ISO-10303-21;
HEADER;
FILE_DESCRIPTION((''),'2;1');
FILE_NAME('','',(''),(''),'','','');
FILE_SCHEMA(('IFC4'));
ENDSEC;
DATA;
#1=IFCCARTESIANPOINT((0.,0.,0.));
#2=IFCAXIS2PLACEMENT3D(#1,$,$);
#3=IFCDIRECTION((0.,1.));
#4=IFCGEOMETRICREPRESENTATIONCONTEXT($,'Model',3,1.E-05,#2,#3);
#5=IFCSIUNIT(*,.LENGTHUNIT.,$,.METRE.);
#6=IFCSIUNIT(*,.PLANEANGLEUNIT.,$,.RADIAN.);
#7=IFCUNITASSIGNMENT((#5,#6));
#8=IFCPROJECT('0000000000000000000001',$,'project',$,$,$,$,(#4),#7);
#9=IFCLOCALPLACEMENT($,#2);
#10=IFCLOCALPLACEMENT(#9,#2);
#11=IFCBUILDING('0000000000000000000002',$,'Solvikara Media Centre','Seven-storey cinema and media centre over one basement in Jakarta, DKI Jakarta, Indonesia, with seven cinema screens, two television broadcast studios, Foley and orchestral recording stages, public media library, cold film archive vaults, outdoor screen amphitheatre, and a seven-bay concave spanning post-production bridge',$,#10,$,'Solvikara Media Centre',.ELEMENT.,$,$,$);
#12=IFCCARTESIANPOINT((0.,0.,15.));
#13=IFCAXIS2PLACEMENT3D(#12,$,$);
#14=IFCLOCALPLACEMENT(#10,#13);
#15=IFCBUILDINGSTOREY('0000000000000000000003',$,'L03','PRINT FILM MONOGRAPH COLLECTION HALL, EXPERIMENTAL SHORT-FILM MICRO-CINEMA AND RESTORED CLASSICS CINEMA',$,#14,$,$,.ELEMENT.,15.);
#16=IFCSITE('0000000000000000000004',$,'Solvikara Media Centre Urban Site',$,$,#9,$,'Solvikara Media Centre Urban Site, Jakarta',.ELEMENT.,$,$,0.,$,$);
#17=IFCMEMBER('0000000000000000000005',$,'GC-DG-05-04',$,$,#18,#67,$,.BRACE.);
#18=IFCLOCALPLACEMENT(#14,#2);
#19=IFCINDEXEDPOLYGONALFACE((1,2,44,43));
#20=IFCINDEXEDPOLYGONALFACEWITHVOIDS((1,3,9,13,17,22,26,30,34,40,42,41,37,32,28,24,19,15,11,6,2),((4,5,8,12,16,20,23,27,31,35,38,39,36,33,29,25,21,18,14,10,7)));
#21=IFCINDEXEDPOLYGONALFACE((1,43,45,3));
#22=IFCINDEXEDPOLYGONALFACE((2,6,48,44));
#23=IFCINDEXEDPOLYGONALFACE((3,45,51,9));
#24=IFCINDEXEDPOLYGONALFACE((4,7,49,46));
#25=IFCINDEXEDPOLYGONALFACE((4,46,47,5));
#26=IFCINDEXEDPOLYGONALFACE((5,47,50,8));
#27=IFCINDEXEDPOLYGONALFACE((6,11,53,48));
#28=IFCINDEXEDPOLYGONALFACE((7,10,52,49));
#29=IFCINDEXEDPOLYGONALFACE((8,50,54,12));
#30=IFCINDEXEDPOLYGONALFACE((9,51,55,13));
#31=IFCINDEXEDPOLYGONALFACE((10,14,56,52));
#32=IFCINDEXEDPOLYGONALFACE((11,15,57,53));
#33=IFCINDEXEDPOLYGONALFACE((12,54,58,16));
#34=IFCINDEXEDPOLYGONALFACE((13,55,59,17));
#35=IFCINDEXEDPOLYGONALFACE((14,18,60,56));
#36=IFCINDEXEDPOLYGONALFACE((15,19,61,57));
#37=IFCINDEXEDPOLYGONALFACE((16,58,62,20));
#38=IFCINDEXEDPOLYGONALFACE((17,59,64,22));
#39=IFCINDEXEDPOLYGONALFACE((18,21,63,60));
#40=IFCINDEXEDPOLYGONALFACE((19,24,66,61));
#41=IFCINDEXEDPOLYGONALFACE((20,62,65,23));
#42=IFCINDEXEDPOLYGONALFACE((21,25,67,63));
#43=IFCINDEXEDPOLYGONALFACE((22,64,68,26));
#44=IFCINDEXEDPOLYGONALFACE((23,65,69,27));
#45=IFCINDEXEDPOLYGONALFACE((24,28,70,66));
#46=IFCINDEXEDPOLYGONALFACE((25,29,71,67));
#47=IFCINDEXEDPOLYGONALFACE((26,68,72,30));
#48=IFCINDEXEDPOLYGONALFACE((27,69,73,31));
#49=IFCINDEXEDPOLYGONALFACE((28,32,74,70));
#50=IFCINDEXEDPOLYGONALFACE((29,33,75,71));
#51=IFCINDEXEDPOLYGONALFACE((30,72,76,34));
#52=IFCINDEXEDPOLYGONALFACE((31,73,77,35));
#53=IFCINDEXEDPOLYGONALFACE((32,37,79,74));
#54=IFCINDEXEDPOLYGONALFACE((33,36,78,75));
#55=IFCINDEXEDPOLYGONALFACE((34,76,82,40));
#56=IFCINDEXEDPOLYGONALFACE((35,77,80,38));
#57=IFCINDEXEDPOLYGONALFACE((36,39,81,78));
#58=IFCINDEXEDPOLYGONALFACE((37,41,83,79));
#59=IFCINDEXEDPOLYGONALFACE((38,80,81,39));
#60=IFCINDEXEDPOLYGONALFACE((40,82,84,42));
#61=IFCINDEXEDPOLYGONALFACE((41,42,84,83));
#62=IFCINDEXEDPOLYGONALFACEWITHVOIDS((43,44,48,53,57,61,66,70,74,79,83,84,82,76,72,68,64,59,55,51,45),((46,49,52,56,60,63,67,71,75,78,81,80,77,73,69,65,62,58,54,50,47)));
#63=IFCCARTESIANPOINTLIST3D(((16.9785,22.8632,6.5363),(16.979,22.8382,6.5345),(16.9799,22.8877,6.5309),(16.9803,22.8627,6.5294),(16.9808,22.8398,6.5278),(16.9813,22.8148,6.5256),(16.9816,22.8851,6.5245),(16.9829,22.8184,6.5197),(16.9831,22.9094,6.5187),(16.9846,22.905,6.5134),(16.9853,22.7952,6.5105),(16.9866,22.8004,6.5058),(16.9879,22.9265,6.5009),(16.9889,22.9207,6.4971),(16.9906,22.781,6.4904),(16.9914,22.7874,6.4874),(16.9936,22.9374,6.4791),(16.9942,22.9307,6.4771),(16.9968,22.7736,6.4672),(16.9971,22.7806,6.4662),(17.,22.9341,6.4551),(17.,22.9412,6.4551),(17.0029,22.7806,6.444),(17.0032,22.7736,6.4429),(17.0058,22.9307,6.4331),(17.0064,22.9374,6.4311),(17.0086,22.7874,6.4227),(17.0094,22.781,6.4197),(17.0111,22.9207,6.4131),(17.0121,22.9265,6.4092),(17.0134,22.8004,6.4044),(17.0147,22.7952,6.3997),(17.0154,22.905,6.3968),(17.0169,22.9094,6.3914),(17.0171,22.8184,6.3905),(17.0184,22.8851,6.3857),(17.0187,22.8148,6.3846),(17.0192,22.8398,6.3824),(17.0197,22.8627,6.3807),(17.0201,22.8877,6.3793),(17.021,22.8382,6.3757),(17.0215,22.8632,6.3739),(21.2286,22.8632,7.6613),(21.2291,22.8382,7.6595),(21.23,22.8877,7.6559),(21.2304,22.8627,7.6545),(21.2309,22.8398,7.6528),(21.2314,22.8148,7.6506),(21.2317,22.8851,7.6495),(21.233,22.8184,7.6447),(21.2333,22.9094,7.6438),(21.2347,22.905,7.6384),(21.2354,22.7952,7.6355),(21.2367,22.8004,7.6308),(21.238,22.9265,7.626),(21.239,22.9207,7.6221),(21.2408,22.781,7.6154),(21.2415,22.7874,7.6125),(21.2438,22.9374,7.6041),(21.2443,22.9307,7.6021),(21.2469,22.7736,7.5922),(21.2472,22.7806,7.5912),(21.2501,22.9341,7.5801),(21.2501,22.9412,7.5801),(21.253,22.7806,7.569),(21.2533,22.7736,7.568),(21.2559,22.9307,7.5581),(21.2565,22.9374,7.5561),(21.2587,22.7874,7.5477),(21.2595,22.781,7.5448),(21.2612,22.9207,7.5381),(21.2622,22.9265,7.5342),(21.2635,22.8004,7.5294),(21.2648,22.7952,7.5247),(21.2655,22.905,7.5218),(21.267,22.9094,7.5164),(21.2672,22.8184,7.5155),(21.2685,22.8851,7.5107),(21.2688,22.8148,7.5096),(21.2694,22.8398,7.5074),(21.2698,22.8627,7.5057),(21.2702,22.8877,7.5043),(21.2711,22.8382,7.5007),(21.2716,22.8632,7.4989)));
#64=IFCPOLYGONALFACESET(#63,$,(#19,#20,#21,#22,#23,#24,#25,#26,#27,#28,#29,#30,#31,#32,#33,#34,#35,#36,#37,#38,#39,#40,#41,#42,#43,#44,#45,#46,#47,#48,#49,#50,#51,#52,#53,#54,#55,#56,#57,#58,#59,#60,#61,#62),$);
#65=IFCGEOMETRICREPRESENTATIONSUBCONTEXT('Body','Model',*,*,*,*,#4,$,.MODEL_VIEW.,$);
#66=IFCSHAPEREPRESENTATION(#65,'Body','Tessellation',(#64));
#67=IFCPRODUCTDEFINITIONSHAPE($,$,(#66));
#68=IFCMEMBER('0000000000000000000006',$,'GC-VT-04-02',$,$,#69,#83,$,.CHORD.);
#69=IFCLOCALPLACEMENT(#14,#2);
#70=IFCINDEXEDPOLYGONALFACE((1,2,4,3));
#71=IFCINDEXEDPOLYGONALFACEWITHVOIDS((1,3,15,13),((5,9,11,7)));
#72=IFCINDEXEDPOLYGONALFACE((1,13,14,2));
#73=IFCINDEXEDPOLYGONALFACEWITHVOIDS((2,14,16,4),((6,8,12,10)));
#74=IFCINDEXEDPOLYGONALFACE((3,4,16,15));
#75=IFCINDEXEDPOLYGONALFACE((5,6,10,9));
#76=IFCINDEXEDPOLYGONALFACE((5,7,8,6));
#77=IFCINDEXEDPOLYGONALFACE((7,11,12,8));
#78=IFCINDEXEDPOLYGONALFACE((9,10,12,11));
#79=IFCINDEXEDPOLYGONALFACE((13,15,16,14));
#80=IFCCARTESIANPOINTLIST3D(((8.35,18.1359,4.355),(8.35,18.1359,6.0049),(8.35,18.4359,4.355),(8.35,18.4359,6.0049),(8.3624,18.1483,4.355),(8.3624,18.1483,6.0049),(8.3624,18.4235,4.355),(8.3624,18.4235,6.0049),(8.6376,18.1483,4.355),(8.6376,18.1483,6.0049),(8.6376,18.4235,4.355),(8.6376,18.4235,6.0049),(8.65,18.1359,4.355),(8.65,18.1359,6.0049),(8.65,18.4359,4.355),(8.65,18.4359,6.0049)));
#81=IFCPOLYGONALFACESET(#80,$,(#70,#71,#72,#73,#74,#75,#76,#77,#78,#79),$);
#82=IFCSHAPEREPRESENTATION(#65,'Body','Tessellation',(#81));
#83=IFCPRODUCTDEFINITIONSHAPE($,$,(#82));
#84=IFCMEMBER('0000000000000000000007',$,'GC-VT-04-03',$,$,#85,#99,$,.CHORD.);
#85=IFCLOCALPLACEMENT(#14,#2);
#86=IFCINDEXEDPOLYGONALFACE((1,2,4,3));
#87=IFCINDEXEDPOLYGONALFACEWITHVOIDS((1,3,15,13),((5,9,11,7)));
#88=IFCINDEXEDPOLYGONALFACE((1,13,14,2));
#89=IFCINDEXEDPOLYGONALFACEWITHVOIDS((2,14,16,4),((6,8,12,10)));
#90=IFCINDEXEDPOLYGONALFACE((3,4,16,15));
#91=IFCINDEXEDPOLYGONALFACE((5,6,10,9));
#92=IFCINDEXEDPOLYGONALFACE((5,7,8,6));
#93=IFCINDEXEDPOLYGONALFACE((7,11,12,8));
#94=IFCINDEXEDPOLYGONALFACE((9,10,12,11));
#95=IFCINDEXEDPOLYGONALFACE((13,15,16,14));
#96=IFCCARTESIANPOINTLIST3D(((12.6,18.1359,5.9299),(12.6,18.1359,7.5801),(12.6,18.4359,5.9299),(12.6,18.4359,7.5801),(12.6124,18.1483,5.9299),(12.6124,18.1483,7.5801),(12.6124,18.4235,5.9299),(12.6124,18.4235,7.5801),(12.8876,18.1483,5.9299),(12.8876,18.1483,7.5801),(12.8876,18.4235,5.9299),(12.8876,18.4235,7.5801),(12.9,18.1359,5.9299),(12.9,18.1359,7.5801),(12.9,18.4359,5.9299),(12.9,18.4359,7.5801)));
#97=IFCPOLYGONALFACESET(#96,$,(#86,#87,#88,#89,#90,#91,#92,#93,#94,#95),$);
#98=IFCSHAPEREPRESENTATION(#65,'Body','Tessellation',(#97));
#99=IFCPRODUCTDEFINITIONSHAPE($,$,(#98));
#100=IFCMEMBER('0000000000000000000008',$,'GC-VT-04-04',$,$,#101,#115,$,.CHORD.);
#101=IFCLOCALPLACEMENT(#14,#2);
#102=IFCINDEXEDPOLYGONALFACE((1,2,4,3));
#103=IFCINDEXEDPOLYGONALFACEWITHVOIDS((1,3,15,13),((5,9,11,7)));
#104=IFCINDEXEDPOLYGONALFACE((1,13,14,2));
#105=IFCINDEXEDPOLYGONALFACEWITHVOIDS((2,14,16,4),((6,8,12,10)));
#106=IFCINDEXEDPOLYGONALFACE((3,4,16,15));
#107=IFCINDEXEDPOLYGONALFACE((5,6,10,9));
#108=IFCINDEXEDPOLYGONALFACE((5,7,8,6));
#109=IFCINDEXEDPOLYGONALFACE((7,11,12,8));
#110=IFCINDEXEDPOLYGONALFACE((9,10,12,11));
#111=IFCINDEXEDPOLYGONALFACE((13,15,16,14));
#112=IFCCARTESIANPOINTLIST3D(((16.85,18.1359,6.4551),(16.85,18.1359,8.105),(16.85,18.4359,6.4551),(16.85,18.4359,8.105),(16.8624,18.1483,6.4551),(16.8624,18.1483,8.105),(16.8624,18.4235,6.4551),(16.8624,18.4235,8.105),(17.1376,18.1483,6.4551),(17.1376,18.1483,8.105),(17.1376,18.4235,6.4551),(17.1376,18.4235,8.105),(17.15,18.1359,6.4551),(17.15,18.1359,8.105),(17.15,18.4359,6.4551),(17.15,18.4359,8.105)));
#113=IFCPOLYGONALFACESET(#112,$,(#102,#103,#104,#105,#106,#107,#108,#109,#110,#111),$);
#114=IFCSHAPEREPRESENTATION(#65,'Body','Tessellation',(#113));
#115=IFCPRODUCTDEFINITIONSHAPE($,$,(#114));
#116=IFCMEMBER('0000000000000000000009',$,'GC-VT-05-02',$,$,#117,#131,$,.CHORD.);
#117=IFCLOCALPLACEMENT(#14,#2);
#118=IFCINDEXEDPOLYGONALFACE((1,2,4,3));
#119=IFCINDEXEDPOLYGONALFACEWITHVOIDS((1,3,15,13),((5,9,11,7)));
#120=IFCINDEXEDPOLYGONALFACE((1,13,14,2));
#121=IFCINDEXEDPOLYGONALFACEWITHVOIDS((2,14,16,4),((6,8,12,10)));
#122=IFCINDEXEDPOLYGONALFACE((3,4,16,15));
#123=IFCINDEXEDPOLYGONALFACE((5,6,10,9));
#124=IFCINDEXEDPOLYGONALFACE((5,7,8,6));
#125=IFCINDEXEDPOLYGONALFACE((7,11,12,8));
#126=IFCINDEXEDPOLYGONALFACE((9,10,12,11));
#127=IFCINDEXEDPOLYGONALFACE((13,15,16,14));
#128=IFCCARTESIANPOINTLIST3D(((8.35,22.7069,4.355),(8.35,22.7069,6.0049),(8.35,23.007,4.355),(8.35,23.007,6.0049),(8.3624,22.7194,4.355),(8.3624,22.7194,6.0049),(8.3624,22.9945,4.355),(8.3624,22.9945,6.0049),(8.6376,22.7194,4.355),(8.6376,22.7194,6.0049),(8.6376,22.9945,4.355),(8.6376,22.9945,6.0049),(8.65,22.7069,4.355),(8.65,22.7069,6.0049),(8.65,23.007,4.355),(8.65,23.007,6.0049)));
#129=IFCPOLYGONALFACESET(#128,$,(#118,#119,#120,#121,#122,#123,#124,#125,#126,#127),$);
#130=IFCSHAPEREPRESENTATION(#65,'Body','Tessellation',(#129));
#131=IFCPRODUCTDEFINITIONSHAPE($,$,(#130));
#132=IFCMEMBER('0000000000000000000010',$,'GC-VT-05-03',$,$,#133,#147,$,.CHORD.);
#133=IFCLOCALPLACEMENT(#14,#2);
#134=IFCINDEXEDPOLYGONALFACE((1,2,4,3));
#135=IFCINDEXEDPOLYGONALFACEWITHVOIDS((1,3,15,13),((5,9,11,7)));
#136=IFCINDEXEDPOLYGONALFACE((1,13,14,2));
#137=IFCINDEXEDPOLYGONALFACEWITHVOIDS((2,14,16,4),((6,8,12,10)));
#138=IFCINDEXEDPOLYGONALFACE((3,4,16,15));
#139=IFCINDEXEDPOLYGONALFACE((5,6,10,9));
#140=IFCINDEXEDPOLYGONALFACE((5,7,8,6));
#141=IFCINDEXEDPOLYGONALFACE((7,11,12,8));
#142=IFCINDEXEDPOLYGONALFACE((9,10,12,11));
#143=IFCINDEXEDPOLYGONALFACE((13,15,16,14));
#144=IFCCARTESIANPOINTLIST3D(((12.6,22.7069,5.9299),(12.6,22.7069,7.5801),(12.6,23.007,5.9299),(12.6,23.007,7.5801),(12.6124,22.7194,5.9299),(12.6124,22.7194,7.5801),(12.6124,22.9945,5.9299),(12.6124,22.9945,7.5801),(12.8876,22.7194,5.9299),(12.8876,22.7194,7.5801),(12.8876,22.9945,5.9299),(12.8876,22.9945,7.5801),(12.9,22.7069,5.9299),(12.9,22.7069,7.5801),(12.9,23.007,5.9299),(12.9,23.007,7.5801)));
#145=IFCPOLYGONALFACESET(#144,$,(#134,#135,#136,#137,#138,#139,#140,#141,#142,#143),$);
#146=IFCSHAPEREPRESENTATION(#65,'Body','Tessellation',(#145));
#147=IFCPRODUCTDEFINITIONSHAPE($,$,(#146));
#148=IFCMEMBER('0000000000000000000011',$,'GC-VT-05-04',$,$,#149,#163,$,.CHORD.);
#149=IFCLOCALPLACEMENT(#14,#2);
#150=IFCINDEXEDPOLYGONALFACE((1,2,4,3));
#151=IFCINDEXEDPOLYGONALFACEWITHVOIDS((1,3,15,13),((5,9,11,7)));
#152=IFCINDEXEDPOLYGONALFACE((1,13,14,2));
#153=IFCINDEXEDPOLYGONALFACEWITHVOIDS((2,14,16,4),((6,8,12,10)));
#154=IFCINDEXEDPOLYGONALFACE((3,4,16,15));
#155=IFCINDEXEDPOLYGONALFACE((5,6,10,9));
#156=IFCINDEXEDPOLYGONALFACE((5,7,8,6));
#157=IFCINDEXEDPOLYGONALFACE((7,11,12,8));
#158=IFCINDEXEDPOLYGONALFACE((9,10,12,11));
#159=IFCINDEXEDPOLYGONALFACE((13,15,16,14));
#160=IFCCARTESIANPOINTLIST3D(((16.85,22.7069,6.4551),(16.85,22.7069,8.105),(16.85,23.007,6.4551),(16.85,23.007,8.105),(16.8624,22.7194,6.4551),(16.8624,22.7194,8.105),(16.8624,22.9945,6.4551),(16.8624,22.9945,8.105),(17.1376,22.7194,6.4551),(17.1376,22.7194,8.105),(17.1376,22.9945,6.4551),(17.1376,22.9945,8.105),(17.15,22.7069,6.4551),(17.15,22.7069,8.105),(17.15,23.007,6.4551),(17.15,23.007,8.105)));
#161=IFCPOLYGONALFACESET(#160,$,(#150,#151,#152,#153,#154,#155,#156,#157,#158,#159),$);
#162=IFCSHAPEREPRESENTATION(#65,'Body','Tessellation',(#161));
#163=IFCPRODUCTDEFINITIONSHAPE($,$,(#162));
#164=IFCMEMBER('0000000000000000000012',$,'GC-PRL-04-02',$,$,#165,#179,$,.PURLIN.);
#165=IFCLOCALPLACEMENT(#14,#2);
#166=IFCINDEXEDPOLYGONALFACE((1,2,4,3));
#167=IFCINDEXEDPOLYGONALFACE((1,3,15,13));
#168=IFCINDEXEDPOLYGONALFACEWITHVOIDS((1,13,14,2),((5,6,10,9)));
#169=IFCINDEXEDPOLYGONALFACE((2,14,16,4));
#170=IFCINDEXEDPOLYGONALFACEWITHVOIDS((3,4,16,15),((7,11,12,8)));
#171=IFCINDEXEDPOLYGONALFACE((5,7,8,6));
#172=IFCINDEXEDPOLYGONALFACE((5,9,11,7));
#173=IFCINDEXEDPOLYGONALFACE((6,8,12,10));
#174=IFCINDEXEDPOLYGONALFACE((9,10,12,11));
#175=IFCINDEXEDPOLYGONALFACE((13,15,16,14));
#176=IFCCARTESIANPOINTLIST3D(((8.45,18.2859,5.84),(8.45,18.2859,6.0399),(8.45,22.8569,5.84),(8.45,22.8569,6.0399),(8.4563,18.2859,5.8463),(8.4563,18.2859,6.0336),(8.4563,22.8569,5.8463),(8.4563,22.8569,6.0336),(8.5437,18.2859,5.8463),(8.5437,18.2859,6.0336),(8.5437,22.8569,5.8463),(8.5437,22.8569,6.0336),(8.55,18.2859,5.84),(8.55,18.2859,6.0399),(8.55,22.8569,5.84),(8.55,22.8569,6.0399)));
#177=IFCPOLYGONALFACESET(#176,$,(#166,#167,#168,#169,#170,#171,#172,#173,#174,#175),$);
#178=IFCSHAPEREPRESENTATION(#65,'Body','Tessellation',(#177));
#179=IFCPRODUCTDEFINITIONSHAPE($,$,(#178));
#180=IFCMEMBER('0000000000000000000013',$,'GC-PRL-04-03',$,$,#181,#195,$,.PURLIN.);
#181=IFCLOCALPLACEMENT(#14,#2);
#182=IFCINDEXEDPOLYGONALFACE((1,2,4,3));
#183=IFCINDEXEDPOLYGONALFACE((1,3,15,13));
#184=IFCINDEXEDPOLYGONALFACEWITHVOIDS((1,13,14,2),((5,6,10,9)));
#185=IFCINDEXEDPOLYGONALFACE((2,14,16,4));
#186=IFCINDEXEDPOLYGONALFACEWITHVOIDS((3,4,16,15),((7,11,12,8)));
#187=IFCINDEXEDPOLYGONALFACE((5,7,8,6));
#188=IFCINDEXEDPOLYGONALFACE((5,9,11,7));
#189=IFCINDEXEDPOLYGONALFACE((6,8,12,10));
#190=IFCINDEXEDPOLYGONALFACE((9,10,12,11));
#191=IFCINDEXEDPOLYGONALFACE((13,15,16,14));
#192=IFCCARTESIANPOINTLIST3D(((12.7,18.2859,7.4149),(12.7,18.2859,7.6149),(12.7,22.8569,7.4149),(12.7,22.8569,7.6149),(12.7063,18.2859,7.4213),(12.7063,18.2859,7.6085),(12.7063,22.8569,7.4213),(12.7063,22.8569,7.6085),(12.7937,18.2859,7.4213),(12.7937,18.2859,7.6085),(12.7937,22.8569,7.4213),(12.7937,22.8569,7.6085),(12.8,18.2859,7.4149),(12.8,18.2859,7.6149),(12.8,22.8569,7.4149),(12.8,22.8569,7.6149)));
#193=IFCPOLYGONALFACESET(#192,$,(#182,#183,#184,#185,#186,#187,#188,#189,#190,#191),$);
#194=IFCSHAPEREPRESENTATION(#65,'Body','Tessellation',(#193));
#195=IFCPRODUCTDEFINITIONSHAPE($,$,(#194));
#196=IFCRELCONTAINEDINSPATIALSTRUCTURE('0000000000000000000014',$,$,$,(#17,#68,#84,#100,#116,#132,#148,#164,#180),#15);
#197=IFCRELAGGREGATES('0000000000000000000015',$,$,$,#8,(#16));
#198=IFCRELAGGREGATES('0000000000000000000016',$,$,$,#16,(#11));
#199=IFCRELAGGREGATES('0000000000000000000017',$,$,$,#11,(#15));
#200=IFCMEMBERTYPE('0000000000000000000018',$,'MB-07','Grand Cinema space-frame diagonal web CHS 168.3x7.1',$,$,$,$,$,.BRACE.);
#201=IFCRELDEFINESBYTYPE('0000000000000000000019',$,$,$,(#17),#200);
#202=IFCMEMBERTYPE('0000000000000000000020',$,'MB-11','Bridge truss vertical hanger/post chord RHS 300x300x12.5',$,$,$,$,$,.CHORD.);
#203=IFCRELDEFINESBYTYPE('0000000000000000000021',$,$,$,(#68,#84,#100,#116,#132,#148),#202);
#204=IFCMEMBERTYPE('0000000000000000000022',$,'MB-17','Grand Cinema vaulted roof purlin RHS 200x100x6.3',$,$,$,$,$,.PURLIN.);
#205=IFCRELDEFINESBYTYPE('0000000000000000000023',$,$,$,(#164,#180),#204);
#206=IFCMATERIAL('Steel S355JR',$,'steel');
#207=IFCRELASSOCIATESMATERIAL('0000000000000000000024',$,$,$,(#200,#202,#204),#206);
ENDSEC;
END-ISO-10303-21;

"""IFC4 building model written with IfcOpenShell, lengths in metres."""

from ifc_helpers import new_model, si_unit, direction, frame, origin, origin_2d, place, context, subcontext, project, spatial, hollow_rectangle, hollow_circle, extrude, material, material_profile, profile_set, type_object, element, save


model = new_model("IFC4")

# Units and contexts
model_context = context("Model", 3, precision=1e-05, world=origin(), true_north=direction((0.0, 1.0)))
body_context = subcontext(model_context, "Body", "Model", "MODEL_VIEW")
ifc_project = project(units=[si_unit("LENGTHUNIT", "METRE"), si_unit("PLANEANGLEUNIT", "RADIAN")], contexts=[model_context])

# Site, building, storey
site_placement = place(None, origin())
site = spatial("IfcSite", under=ifc_project, at=site_placement, Name="Solvikara Media Centre Urban Site", LongName="Solvikara Media Centre Urban Site, Jakarta", CompositionType="ELEMENT", RefElevation=0.0)
building_placement = place(site_placement, origin())
building = spatial("IfcBuilding", under=site, at=building_placement, Name="Solvikara Media Centre", Description="Seven-storey cinema and media centre over one basement in Jakarta, DKI Jakarta, Indonesia, with seven cinema screens, two television broadcast studios, Foley and orchestral recording stages, public media library, cold film archive vaults, outdoor screen amphitheatre, and a seven-bay concave spanning post-production bridge", LongName="Solvikara Media Centre", CompositionType="ELEMENT")
storey_placement = place(building_placement, frame((0.0, 0.0, 15.0)))
storey = spatial("IfcBuildingStorey", under=building, at=storey_placement, Name="L03", Description="PRINT FILM MONOGRAPH COLLECTION HALL, EXPERIMENTAL SHORT-FILM MICRO-CINEMA AND RESTORED CLASSICS CINEMA", CompositionType="ELEMENT", Elevation=15.0)

# Members
ifc_material = material(Name="Steel S355JR", Category="steel")
ifc_material_profile_1 = material_profile(ifc_material, hollow_circle(Radius=0.0842, WallThickness=0.0071, at=origin_2d()), Name="CHS 168.3x7.1")
ifc_profile_set_1 = profile_set([ifc_material_profile_1], Name="Steel S355JR")
member_type_1 = type_object("IfcMemberType", Name="MB-07", Description="Grand Cinema space-frame diagonal web CHS 168.3x7.1", PredefinedType="BRACE", material=ifc_profile_set_1)
for number, where, z_axis, x_axis, name in (
    (1, (17.0, 22.8569, 6.4551), (0.966705, 0.0, 0.255893), (0.0, 1.0, 0.0), "GC-DG-05-04"),
):
    element("IfcMember", number, at=place(storey_placement, frame(where, z_axis=z_axis, x_axis=x_axis)), inside=storey, type_object=member_type_1, Name=name, PredefinedType="BRACE", context=body_context, shape_type="SweptSolid", body=[
        extrude(hollow_circle(Radius=0.0842, WallThickness=0.0071, at=origin_2d()), origin(), (0.0, 0.0, 1.0), 4.3965),
    ])
ifc_material_profile_2 = material_profile(ifc_material, hollow_rectangle(XDim=0.3, YDim=0.3, WallThickness=0.0125, at=origin_2d()), Name="RHS 300x300x12.5")
ifc_profile_set_2 = profile_set([ifc_material_profile_2], Name="Steel S355JR")
member_type_2 = type_object("IfcMemberType", Name="MB-11", Description="Bridge truss vertical hanger/post chord RHS 300x300x12.5", PredefinedType="CHORD", material=ifc_profile_set_2)
member_1_placement = place(storey_placement, frame((8.5, 18.2859, 4.355), z_axis=(0.0, 0.0, 1.0), x_axis=(1.0, 0.0, 0.0)))
element("IfcMember", 2, at=member_1_placement, inside=storey, type_object=member_type_2, Name="GC-VT-04-02", PredefinedType="CHORD", context=body_context, shape_type="SweptSolid", body=[
    extrude(hollow_rectangle(XDim=0.3, YDim=0.3, WallThickness=0.0125, at=origin_2d()), origin(), (0.0, 0.0, 1.0), 1.6499),
])
member_2_placement = place(storey_placement, frame((12.75, 18.2859, 5.9299), z_axis=(0.0, 0.0, 1.0), x_axis=(1.0, 0.0, 0.0)))
element("IfcMember", 3, at=member_2_placement, inside=storey, type_object=member_type_2, Name="GC-VT-04-03", PredefinedType="CHORD", context=body_context, shape_type="SweptSolid", body=[
    extrude(hollow_rectangle(XDim=0.3, YDim=0.3, WallThickness=0.0125, at=origin_2d()), origin(), (0.0, 0.0, 1.0), 1.6501),
])
for number, where, z_axis, x_axis, name in (
    (4, (17.0, 18.2859, 6.4551), (0.0, 0.0, 1.0), (1.0, 0.0, 0.0), "GC-VT-04-04"),
    (5, (8.5, 22.8569, 4.355), (0.0, 0.0, 1.0), (1.0, 0.0, 0.0), "GC-VT-05-02"),
):
    element("IfcMember", number, at=place(storey_placement, frame(where, z_axis=z_axis, x_axis=x_axis)), inside=storey, type_object=member_type_2, Name=name, PredefinedType="CHORD", context=body_context, shape_type="SweptSolid", body=[
        extrude(hollow_rectangle(XDim=0.3, YDim=0.3, WallThickness=0.0125, at=origin_2d()), origin(), (0.0, 0.0, 1.0), 1.6499),
    ])
member_3_placement = place(storey_placement, frame((12.75, 22.8569, 5.9299), z_axis=(0.0, 0.0, 1.0), x_axis=(1.0, 0.0, 0.0)))
element("IfcMember", 6, at=member_3_placement, inside=storey, type_object=member_type_2, Name="GC-VT-05-03", PredefinedType="CHORD", context=body_context, shape_type="SweptSolid", body=[
    extrude(hollow_rectangle(XDim=0.3, YDim=0.3, WallThickness=0.0125, at=origin_2d()), origin(), (0.0, 0.0, 1.0), 1.6501),
])
member_4_placement = place(storey_placement, frame((17.0, 22.8569, 6.4551), z_axis=(0.0, 0.0, 1.0), x_axis=(1.0, 0.0, 0.0)))
element("IfcMember", 7, at=member_4_placement, inside=storey, type_object=member_type_2, Name="GC-VT-05-04", PredefinedType="CHORD", context=body_context, shape_type="SweptSolid", body=[
    extrude(hollow_rectangle(XDim=0.3, YDim=0.3, WallThickness=0.0125, at=origin_2d()), origin(), (0.0, 0.0, 1.0), 1.6499),
])
ifc_material_profile_3 = material_profile(ifc_material, hollow_rectangle(XDim=0.1001, YDim=0.2, WallThickness=0.0063, at=origin_2d()), Name="RHS 200x100x6.3")
ifc_profile_set_3 = profile_set([ifc_material_profile_3], Name="Steel S355JR")
member_type_3 = type_object("IfcMemberType", Name="MB-17", Description="Grand Cinema vaulted roof purlin RHS 200x100x6.3", PredefinedType="PURLIN", material=ifc_profile_set_3)
for number, where, z_axis, x_axis, name in (
    (8, (8.5, 18.2859, 5.9399), (0.0, 1.0, 0.0), (-1.0, 0.0, 0.0), "GC-PRL-04-02"),
    (9, (12.75, 18.2859, 7.5149), (0.0, 1.0, 0.0), (-1.0, 0.0, 0.0), "GC-PRL-04-03"),
):
    element("IfcMember", number, at=place(storey_placement, frame(where, z_axis=z_axis, x_axis=x_axis)), inside=storey, type_object=member_type_3, Name=name, PredefinedType="PURLIN", context=body_context, shape_type="SweptSolid", body=[
        extrude(hollow_rectangle(XDim=0.1001, YDim=0.2, WallThickness=0.0063, at=origin_2d()), origin(), (0.0, 0.0, 1.0), 4.571),
    ])

save(model, "model.ifc")
